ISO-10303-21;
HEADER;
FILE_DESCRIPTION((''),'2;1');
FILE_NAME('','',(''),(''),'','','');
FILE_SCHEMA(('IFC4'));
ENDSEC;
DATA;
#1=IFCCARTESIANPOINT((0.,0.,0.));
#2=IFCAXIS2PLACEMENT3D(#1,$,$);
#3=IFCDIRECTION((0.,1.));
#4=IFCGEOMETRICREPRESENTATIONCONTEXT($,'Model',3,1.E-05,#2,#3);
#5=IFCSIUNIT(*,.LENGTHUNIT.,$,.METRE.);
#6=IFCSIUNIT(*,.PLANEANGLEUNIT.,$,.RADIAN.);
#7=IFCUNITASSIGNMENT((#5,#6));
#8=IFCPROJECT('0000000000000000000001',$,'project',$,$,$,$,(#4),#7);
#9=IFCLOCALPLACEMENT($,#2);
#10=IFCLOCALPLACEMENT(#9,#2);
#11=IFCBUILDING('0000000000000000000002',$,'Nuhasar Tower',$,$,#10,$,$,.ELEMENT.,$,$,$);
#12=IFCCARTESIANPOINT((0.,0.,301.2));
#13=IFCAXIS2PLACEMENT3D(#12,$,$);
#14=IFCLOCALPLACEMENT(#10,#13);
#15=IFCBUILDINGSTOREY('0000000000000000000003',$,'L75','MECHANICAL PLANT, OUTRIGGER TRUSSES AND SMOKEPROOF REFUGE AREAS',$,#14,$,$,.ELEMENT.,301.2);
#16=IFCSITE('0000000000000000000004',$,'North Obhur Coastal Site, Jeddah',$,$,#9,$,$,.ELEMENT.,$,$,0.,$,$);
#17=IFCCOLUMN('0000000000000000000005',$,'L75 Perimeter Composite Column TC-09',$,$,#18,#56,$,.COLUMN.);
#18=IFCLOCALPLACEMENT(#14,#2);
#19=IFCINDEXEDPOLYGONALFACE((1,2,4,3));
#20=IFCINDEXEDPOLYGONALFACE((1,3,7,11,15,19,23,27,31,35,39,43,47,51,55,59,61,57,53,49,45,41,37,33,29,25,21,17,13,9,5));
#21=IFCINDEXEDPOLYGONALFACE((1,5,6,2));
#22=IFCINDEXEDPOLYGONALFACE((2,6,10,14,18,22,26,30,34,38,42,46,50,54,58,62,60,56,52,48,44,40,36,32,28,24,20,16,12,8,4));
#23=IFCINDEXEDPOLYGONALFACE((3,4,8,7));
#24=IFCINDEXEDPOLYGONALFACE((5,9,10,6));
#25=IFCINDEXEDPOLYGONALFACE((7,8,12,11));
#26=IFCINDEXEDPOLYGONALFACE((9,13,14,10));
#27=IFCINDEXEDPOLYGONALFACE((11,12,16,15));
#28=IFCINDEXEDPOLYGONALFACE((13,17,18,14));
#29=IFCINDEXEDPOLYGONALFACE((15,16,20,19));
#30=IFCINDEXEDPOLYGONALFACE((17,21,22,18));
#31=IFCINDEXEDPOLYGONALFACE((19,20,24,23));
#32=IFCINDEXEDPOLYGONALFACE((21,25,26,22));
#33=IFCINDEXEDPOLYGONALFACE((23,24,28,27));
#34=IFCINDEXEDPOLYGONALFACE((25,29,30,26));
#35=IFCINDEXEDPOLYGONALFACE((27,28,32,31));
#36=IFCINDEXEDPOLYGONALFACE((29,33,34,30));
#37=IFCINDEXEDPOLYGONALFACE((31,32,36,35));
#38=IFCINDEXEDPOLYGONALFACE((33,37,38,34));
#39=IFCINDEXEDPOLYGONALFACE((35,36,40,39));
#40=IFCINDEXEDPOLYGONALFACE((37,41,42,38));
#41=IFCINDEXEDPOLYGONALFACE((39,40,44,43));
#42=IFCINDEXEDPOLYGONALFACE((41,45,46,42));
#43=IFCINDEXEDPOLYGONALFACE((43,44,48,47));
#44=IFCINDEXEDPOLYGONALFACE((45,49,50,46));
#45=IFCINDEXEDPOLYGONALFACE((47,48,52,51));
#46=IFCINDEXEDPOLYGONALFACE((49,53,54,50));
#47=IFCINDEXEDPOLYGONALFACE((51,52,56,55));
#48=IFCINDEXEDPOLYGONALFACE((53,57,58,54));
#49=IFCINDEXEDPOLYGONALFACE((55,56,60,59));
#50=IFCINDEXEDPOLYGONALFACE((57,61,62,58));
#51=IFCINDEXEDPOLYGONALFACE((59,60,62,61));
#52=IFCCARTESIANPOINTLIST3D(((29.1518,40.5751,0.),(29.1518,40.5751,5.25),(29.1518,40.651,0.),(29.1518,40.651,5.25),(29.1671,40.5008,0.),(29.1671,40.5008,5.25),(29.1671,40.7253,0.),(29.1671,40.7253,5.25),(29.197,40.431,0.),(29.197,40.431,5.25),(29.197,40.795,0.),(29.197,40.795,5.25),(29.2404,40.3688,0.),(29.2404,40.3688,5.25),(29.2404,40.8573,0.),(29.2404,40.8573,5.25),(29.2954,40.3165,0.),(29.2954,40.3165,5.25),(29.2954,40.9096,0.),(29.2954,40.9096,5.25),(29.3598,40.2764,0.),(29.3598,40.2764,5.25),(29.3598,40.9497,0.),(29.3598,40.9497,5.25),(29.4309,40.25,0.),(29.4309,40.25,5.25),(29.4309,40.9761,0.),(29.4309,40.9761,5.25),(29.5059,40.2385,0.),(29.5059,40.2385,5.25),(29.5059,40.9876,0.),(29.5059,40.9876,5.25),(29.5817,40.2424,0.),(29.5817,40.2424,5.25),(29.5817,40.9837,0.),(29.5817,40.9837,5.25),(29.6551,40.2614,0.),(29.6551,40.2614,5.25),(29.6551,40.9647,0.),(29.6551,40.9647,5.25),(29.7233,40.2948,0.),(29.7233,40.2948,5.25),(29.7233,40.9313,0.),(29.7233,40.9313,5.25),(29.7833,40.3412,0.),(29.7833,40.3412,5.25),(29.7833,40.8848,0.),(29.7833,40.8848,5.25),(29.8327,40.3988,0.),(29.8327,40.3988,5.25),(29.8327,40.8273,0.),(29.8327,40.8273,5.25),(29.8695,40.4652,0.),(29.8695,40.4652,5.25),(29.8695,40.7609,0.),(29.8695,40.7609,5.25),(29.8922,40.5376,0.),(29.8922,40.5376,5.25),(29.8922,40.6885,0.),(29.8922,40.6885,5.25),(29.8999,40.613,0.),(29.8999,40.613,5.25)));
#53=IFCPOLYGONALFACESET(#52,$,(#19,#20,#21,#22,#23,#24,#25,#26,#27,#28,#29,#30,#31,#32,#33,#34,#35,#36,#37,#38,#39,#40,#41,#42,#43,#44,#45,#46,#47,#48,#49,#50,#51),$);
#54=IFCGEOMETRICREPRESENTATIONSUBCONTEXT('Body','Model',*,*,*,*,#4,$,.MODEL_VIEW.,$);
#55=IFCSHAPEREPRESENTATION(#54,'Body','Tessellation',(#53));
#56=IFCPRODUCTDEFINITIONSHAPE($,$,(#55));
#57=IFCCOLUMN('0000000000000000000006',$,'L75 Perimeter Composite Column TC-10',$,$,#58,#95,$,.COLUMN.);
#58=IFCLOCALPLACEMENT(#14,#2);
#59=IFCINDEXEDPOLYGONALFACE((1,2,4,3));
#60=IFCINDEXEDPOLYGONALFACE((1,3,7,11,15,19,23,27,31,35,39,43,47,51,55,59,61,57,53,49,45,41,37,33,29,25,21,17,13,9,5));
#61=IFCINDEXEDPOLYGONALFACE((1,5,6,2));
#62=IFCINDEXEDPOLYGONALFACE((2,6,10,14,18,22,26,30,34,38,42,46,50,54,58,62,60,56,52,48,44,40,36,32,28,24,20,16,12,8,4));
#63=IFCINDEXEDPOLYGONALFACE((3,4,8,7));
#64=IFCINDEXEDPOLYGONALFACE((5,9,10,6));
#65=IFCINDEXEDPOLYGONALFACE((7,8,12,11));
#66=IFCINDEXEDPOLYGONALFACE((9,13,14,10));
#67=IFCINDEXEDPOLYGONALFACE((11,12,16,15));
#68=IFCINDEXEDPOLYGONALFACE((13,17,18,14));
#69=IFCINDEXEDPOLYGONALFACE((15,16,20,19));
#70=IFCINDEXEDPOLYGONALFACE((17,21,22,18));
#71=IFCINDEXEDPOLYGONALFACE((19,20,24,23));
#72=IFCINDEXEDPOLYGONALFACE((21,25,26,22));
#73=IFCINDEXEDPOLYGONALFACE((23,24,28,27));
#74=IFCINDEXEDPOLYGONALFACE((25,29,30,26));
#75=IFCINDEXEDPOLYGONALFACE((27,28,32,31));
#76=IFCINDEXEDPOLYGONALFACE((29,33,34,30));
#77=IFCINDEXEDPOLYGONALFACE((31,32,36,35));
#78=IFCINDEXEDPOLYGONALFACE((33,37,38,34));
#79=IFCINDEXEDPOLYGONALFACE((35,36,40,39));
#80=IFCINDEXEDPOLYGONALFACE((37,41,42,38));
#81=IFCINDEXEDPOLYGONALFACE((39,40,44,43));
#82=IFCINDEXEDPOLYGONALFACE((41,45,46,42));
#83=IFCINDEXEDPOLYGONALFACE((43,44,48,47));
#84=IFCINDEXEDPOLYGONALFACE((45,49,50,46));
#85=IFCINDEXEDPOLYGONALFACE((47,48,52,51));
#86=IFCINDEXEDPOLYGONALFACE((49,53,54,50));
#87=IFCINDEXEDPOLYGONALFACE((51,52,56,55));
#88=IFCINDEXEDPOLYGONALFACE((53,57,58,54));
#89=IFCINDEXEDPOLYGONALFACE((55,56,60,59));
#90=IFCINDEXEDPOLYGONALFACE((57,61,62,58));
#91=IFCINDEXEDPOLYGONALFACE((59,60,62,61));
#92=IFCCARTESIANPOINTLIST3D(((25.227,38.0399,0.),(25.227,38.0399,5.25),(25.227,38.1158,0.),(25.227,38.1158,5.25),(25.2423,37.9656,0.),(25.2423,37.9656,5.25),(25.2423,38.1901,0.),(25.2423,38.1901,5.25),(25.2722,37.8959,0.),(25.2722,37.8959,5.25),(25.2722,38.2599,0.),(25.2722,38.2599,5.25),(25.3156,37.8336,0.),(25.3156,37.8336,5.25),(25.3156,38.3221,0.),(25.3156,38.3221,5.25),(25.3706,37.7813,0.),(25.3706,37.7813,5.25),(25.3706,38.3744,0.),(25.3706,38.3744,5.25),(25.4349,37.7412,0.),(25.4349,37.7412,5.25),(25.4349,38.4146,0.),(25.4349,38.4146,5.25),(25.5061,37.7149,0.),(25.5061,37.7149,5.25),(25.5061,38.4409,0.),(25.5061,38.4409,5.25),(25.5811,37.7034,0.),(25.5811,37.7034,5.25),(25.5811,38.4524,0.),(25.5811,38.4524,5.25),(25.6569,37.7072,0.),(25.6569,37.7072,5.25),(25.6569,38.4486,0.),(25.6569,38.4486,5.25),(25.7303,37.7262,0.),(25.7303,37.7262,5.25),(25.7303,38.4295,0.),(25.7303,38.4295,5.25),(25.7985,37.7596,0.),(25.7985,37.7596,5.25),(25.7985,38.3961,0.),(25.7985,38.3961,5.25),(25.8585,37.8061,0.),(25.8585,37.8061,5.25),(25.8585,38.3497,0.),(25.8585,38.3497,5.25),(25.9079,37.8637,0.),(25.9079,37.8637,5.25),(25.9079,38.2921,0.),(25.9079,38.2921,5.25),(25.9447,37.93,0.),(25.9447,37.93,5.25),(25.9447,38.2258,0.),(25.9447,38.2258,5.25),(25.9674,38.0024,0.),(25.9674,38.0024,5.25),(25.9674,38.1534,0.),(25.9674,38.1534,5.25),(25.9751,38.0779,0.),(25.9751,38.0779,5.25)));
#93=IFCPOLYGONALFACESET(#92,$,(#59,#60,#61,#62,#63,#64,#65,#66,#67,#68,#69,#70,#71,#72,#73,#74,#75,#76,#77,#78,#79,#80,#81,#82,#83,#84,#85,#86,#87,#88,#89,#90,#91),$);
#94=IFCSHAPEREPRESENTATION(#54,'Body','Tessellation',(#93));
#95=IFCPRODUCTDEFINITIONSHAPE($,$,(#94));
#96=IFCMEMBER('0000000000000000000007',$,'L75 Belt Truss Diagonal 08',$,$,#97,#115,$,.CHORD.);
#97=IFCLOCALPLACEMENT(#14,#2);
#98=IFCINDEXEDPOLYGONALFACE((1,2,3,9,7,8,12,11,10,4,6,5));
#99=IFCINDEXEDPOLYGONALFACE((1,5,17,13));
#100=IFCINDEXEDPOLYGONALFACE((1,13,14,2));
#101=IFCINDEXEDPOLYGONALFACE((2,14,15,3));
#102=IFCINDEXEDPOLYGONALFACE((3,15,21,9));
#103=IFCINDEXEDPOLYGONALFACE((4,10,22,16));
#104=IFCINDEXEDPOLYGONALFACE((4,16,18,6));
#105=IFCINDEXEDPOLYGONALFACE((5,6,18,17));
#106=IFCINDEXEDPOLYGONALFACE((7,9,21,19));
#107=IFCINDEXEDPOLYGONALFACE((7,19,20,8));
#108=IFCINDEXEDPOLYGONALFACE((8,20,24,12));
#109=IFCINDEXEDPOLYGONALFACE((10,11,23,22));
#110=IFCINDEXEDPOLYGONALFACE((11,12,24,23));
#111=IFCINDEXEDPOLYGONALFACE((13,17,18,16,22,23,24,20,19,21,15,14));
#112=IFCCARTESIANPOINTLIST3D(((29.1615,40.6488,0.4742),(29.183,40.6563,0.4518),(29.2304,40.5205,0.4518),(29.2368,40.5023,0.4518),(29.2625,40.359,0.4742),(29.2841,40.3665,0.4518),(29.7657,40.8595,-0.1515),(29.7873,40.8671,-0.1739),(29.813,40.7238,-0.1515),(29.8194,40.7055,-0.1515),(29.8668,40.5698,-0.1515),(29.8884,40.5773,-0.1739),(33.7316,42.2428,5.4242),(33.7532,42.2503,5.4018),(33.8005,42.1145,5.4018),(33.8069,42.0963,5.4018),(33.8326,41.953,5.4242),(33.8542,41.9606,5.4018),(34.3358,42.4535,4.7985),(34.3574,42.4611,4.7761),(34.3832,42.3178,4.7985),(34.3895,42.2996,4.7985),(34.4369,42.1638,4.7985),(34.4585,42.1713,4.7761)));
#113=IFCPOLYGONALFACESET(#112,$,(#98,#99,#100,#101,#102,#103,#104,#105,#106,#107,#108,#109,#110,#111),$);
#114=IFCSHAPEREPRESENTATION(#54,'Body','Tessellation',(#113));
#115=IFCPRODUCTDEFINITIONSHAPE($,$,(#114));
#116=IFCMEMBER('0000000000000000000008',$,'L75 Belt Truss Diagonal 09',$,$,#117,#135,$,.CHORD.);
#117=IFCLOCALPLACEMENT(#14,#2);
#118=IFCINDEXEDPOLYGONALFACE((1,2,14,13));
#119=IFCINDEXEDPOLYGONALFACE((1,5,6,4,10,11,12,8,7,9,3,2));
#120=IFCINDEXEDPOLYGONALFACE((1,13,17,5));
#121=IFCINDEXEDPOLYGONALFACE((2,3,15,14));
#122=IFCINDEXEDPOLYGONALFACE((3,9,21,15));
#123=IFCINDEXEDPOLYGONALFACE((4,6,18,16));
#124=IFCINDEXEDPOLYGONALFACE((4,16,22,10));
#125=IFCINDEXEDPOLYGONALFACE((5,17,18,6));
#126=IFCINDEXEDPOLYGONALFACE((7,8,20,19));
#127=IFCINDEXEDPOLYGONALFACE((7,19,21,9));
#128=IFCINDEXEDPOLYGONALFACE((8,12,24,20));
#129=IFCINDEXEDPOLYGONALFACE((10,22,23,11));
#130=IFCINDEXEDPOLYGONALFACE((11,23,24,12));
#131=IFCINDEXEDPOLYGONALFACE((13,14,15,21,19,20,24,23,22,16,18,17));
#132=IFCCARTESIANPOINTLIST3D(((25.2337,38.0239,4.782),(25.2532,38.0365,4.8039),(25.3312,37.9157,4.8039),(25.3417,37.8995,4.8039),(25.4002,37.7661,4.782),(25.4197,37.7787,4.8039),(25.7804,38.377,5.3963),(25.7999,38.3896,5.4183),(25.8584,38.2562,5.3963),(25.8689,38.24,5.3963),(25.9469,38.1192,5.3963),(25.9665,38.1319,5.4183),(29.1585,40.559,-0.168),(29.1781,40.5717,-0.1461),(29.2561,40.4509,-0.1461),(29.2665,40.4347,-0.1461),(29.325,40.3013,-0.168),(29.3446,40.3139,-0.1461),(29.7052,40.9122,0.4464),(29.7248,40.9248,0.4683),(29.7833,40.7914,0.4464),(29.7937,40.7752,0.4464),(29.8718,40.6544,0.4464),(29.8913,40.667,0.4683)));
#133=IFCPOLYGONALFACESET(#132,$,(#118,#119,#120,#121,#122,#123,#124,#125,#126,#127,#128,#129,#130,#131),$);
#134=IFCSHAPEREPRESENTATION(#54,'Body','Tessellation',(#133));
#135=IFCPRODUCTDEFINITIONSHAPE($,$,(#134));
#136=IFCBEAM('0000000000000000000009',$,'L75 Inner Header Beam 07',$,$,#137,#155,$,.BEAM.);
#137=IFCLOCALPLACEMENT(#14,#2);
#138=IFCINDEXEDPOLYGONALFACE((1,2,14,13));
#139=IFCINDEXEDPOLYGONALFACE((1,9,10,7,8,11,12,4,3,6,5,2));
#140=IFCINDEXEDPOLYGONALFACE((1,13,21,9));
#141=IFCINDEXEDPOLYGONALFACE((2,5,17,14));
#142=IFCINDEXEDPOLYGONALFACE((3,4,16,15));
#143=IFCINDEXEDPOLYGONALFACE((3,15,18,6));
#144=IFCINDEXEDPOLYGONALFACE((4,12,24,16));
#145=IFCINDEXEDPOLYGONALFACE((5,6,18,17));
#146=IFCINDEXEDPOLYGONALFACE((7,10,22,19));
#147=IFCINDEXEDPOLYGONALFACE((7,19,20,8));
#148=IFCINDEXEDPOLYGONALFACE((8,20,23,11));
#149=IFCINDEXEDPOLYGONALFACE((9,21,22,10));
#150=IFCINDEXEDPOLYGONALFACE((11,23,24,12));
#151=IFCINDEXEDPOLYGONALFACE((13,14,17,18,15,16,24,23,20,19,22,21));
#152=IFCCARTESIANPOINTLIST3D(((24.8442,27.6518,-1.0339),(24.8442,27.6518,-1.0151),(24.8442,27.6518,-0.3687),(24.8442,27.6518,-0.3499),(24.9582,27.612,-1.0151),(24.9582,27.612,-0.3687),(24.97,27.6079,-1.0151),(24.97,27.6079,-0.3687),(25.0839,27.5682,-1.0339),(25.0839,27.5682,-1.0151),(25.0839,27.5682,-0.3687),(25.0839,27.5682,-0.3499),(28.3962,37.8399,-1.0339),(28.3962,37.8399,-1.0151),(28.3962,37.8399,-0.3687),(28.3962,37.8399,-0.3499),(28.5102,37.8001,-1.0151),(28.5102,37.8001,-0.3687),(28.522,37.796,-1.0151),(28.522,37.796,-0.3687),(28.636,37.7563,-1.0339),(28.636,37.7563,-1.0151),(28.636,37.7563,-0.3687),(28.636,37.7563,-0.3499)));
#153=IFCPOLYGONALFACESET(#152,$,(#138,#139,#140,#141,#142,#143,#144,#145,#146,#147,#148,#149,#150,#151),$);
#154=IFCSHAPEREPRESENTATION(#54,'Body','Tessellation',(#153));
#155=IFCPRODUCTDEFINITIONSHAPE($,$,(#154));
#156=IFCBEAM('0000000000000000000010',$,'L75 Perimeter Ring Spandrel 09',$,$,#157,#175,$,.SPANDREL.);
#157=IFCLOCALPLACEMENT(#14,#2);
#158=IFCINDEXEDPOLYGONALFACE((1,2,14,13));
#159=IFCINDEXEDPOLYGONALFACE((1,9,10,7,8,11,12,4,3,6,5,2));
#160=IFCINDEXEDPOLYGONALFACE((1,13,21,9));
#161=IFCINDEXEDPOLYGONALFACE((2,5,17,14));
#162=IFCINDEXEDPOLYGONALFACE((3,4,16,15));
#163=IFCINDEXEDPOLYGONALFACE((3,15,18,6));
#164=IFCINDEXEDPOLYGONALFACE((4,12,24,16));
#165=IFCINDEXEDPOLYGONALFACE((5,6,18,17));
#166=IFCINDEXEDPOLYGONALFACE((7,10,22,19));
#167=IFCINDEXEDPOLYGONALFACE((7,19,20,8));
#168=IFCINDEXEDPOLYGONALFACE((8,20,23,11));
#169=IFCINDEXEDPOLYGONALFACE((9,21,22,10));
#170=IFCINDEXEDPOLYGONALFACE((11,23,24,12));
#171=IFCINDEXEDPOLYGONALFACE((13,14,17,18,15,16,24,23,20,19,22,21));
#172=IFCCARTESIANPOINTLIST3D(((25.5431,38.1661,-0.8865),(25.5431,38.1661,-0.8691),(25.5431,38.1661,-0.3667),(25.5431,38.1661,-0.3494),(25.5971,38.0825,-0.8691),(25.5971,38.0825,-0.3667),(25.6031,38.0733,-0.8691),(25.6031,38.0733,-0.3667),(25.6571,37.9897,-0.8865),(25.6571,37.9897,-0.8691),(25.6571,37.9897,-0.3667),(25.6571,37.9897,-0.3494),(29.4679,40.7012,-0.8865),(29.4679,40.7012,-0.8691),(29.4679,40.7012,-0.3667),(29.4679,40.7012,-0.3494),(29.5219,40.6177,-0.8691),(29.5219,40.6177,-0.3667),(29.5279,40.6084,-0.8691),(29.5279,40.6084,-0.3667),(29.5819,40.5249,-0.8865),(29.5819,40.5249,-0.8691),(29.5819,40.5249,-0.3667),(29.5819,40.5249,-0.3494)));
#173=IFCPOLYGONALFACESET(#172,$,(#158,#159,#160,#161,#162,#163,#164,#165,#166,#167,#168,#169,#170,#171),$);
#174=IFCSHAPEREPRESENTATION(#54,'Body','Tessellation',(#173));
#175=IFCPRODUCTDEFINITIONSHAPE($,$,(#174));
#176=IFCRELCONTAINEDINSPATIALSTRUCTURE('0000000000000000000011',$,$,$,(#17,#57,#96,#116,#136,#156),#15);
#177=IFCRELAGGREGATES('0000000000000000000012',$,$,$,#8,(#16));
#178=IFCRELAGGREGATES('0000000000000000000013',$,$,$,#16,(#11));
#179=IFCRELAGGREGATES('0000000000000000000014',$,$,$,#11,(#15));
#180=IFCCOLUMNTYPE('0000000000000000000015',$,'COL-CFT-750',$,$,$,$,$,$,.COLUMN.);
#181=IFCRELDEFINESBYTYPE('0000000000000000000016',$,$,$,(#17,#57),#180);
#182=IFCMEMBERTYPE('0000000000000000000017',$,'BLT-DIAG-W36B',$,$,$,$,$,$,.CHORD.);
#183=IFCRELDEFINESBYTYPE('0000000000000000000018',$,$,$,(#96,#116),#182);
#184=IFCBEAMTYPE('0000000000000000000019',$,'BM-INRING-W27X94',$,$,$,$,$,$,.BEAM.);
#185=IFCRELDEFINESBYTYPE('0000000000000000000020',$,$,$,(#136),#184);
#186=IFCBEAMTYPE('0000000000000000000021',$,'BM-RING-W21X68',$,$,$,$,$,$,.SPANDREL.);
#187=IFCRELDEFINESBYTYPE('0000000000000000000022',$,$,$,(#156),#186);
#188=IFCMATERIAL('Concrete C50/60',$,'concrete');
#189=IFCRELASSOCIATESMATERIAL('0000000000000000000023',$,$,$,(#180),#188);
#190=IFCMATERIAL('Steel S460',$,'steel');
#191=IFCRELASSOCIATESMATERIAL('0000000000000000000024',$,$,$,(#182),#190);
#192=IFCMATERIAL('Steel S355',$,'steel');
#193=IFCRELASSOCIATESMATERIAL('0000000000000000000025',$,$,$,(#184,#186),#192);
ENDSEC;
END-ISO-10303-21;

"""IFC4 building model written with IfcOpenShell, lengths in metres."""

from ifc_helpers import new_model, si_unit, direction, frame, origin, origin_2d, place, context, subcontext, project, spatial, circle, i_section, extrude, material, material_profile, profile_set, type_object, element, save


model = new_model("IFC4")

# Units and contexts
model_context = context("Model", 3, precision=1e-05, world=origin(), true_north=direction((0.0, 1.0)))
body_context = subcontext(model_context, "Body", "Model", "MODEL_VIEW")
ifc_project = project(units=[si_unit("LENGTHUNIT", "METRE"), si_unit("PLANEANGLEUNIT", "RADIAN")], contexts=[model_context])

# Site, building, storey
site_placement = place(None, origin())
site = spatial("IfcSite", under=ifc_project, at=site_placement, Name="North Obhur Coastal Site, Jeddah", CompositionType="ELEMENT", RefElevation=0.0)
building_placement = place(site_placement, origin())
building = spatial("IfcBuilding", under=site, at=building_placement, Name="Nuhasar Tower", CompositionType="ELEMENT")
storey_placement = place(building_placement, frame((0.0, 0.0, 301.2)))
storey = spatial("IfcBuildingStorey", under=building, at=storey_placement, Name="L75", Description="MECHANICAL PLANT, OUTRIGGER TRUSSES AND SMOKEPROOF REFUGE AREAS", CompositionType="ELEMENT", Elevation=301.2)

# Columns
ifc_material_1 = material(Name="Concrete C50/60", Category="concrete")
ifc_material_profile_1 = material_profile(ifc_material_1, circle(Radius=0.375, at=origin_2d()), Name="CFT750")
ifc_profile_set_1 = profile_set([ifc_material_profile_1], Name="Concrete C50/60")
column_type = type_object("IfcColumnType", Name="COL-CFT-750", PredefinedType="COLUMN", material=ifc_profile_set_1)
for number, where, z_axis, x_axis, name in (
    (1, (29.5249, 40.613, 0.0), (0.0, 0.0, 1.0), (1.0, 0.0, 0.0), "L75 Perimeter Composite Column TC-09"),
    (2, (25.6001, 38.0779, 0.0), (0.0, 0.0, 1.0), (1.0, 0.0, 0.0), "L75 Perimeter Composite Column TC-10"),
):
    element("IfcColumn", number, at=place(storey_placement, frame(where, z_axis=z_axis, x_axis=x_axis)), inside=storey, type_object=column_type, Name=name, PredefinedType="COLUMN", context=body_context, shape_type="SweptSolid", body=[
        extrude(circle(Radius=0.375, at=origin_2d()), origin(), (0.0, 0.0, 1.0), 5.25),
    ])

# Members
ifc_material_2 = material(Name="Steel S460", Category="steel")
ifc_material_profile_2 = material_profile(ifc_material_2, i_section(OverallWidth=0.3069, OverallDepth=0.927, WebThickness=0.0193, FlangeThickness=0.032, at=origin_2d()), Name="W36X194")
ifc_profile_set_2 = profile_set([ifc_material_profile_2], Name="Steel S460")
member_type_1 = type_object("IfcMemberType", Name="BLT-DIAG-W36B", PredefinedType="CHORD", material=ifc_profile_set_2)
member_1_placement = place(storey_placement, frame((29.5249, 40.613, 0.1501), z_axis=(0.660125, 0.230245, 0.714998), x_axis=(-0.329332, 0.944214, 0.0)))
element("IfcMember", 3, at=member_1_placement, inside=storey, type_object=member_type_1, Name="L75 Belt Truss Diagonal 08", PredefinedType="CHORD", context=body_context, shape_type="SweptSolid", body=[
    extrude(i_section(OverallWidth=0.3069, OverallDepth=0.927, WebThickness=0.0193, FlangeThickness=0.032, at=origin_2d()), origin(), (0.0, 0.0, 1.0), 6.9231),
])
member_2_placement = place(storey_placement, frame((29.5249, 40.613, 0.1501), z_axis=(-0.576597, -0.372442, 0.727202), x_axis=(0.542584, -0.840002, 0.0)))
element("IfcMember", 4, at=member_2_placement, inside=storey, type_object=member_type_1, Name="L75 Belt Truss Diagonal 09", PredefinedType="CHORD", context=body_context, shape_type="SweptSolid", body=[
    extrude(i_section(OverallWidth=0.3069, OverallDepth=0.927, WebThickness=0.0193, FlangeThickness=0.032, at=origin_2d()), origin(), (0.0, 0.0, 1.0), 6.8069),
])

# Beams
ifc_material_3 = material(Name="Steel S355", Category="steel")
ifc_material_profile_3 = material_profile(ifc_material_3, i_section(OverallWidth=0.2539, OverallDepth=0.6841, WebThickness=0.0125, FlangeThickness=0.0188, at=origin_2d()), Name="W27X94")
ifc_profile_set_3 = profile_set([ifc_material_profile_3], Name="Steel S355")
beam_type_1 = type_object("IfcBeamType", Name="BM-INRING-W27X94", PredefinedType="BEAM", material=ifc_profile_set_3)
beam_1_placement = place(storey_placement, frame((28.5161, 37.7981, -0.6919), z_axis=(-0.329211, -0.944256, 0.0), x_axis=(0.944256, -0.329211, 0.0)))
element("IfcBeam", 5, at=beam_1_placement, inside=storey, type_object=beam_type_1, Name="L75 Inner Header Beam 07", PredefinedType="BEAM", context=body_context, shape_type="SweptSolid", body=[
    extrude(i_section(OverallWidth=0.2539, OverallDepth=0.6841, WebThickness=0.0125, FlangeThickness=0.0188, at=origin_2d()), origin(), (0.0, 0.0, 1.0), 10.7896),
])
ifc_material_profile_4 = material_profile(ifc_material_3, i_section(OverallWidth=0.21, OverallDepth=0.5371, WebThickness=0.011, FlangeThickness=0.0173, at=origin_2d()), Name="W21X68")
ifc_profile_set_4 = profile_set([ifc_material_profile_4], Name="Steel S355")
beam_type_2 = type_object("IfcBeamType", Name="BM-RING-W21X68", PredefinedType="SPANDREL", material=ifc_profile_set_4)
beam_2_placement = place(storey_placement, frame((29.5249, 40.613, -0.6179), z_axis=(-0.840002, -0.542584, 0.0), x_axis=(0.542584, -0.840002, 0.0)))
element("IfcBeam", 6, at=beam_2_placement, inside=storey, type_object=beam_type_2, Name="L75 Perimeter Ring Spandrel 09", PredefinedType="SPANDREL", context=body_context, shape_type="SweptSolid", body=[
    extrude(i_section(OverallWidth=0.21, OverallDepth=0.5371, WebThickness=0.011, FlangeThickness=0.0173, at=origin_2d()), origin(), (0.0, 0.0, 1.0), 4.6724),
])

save(model, "model.ifc")
